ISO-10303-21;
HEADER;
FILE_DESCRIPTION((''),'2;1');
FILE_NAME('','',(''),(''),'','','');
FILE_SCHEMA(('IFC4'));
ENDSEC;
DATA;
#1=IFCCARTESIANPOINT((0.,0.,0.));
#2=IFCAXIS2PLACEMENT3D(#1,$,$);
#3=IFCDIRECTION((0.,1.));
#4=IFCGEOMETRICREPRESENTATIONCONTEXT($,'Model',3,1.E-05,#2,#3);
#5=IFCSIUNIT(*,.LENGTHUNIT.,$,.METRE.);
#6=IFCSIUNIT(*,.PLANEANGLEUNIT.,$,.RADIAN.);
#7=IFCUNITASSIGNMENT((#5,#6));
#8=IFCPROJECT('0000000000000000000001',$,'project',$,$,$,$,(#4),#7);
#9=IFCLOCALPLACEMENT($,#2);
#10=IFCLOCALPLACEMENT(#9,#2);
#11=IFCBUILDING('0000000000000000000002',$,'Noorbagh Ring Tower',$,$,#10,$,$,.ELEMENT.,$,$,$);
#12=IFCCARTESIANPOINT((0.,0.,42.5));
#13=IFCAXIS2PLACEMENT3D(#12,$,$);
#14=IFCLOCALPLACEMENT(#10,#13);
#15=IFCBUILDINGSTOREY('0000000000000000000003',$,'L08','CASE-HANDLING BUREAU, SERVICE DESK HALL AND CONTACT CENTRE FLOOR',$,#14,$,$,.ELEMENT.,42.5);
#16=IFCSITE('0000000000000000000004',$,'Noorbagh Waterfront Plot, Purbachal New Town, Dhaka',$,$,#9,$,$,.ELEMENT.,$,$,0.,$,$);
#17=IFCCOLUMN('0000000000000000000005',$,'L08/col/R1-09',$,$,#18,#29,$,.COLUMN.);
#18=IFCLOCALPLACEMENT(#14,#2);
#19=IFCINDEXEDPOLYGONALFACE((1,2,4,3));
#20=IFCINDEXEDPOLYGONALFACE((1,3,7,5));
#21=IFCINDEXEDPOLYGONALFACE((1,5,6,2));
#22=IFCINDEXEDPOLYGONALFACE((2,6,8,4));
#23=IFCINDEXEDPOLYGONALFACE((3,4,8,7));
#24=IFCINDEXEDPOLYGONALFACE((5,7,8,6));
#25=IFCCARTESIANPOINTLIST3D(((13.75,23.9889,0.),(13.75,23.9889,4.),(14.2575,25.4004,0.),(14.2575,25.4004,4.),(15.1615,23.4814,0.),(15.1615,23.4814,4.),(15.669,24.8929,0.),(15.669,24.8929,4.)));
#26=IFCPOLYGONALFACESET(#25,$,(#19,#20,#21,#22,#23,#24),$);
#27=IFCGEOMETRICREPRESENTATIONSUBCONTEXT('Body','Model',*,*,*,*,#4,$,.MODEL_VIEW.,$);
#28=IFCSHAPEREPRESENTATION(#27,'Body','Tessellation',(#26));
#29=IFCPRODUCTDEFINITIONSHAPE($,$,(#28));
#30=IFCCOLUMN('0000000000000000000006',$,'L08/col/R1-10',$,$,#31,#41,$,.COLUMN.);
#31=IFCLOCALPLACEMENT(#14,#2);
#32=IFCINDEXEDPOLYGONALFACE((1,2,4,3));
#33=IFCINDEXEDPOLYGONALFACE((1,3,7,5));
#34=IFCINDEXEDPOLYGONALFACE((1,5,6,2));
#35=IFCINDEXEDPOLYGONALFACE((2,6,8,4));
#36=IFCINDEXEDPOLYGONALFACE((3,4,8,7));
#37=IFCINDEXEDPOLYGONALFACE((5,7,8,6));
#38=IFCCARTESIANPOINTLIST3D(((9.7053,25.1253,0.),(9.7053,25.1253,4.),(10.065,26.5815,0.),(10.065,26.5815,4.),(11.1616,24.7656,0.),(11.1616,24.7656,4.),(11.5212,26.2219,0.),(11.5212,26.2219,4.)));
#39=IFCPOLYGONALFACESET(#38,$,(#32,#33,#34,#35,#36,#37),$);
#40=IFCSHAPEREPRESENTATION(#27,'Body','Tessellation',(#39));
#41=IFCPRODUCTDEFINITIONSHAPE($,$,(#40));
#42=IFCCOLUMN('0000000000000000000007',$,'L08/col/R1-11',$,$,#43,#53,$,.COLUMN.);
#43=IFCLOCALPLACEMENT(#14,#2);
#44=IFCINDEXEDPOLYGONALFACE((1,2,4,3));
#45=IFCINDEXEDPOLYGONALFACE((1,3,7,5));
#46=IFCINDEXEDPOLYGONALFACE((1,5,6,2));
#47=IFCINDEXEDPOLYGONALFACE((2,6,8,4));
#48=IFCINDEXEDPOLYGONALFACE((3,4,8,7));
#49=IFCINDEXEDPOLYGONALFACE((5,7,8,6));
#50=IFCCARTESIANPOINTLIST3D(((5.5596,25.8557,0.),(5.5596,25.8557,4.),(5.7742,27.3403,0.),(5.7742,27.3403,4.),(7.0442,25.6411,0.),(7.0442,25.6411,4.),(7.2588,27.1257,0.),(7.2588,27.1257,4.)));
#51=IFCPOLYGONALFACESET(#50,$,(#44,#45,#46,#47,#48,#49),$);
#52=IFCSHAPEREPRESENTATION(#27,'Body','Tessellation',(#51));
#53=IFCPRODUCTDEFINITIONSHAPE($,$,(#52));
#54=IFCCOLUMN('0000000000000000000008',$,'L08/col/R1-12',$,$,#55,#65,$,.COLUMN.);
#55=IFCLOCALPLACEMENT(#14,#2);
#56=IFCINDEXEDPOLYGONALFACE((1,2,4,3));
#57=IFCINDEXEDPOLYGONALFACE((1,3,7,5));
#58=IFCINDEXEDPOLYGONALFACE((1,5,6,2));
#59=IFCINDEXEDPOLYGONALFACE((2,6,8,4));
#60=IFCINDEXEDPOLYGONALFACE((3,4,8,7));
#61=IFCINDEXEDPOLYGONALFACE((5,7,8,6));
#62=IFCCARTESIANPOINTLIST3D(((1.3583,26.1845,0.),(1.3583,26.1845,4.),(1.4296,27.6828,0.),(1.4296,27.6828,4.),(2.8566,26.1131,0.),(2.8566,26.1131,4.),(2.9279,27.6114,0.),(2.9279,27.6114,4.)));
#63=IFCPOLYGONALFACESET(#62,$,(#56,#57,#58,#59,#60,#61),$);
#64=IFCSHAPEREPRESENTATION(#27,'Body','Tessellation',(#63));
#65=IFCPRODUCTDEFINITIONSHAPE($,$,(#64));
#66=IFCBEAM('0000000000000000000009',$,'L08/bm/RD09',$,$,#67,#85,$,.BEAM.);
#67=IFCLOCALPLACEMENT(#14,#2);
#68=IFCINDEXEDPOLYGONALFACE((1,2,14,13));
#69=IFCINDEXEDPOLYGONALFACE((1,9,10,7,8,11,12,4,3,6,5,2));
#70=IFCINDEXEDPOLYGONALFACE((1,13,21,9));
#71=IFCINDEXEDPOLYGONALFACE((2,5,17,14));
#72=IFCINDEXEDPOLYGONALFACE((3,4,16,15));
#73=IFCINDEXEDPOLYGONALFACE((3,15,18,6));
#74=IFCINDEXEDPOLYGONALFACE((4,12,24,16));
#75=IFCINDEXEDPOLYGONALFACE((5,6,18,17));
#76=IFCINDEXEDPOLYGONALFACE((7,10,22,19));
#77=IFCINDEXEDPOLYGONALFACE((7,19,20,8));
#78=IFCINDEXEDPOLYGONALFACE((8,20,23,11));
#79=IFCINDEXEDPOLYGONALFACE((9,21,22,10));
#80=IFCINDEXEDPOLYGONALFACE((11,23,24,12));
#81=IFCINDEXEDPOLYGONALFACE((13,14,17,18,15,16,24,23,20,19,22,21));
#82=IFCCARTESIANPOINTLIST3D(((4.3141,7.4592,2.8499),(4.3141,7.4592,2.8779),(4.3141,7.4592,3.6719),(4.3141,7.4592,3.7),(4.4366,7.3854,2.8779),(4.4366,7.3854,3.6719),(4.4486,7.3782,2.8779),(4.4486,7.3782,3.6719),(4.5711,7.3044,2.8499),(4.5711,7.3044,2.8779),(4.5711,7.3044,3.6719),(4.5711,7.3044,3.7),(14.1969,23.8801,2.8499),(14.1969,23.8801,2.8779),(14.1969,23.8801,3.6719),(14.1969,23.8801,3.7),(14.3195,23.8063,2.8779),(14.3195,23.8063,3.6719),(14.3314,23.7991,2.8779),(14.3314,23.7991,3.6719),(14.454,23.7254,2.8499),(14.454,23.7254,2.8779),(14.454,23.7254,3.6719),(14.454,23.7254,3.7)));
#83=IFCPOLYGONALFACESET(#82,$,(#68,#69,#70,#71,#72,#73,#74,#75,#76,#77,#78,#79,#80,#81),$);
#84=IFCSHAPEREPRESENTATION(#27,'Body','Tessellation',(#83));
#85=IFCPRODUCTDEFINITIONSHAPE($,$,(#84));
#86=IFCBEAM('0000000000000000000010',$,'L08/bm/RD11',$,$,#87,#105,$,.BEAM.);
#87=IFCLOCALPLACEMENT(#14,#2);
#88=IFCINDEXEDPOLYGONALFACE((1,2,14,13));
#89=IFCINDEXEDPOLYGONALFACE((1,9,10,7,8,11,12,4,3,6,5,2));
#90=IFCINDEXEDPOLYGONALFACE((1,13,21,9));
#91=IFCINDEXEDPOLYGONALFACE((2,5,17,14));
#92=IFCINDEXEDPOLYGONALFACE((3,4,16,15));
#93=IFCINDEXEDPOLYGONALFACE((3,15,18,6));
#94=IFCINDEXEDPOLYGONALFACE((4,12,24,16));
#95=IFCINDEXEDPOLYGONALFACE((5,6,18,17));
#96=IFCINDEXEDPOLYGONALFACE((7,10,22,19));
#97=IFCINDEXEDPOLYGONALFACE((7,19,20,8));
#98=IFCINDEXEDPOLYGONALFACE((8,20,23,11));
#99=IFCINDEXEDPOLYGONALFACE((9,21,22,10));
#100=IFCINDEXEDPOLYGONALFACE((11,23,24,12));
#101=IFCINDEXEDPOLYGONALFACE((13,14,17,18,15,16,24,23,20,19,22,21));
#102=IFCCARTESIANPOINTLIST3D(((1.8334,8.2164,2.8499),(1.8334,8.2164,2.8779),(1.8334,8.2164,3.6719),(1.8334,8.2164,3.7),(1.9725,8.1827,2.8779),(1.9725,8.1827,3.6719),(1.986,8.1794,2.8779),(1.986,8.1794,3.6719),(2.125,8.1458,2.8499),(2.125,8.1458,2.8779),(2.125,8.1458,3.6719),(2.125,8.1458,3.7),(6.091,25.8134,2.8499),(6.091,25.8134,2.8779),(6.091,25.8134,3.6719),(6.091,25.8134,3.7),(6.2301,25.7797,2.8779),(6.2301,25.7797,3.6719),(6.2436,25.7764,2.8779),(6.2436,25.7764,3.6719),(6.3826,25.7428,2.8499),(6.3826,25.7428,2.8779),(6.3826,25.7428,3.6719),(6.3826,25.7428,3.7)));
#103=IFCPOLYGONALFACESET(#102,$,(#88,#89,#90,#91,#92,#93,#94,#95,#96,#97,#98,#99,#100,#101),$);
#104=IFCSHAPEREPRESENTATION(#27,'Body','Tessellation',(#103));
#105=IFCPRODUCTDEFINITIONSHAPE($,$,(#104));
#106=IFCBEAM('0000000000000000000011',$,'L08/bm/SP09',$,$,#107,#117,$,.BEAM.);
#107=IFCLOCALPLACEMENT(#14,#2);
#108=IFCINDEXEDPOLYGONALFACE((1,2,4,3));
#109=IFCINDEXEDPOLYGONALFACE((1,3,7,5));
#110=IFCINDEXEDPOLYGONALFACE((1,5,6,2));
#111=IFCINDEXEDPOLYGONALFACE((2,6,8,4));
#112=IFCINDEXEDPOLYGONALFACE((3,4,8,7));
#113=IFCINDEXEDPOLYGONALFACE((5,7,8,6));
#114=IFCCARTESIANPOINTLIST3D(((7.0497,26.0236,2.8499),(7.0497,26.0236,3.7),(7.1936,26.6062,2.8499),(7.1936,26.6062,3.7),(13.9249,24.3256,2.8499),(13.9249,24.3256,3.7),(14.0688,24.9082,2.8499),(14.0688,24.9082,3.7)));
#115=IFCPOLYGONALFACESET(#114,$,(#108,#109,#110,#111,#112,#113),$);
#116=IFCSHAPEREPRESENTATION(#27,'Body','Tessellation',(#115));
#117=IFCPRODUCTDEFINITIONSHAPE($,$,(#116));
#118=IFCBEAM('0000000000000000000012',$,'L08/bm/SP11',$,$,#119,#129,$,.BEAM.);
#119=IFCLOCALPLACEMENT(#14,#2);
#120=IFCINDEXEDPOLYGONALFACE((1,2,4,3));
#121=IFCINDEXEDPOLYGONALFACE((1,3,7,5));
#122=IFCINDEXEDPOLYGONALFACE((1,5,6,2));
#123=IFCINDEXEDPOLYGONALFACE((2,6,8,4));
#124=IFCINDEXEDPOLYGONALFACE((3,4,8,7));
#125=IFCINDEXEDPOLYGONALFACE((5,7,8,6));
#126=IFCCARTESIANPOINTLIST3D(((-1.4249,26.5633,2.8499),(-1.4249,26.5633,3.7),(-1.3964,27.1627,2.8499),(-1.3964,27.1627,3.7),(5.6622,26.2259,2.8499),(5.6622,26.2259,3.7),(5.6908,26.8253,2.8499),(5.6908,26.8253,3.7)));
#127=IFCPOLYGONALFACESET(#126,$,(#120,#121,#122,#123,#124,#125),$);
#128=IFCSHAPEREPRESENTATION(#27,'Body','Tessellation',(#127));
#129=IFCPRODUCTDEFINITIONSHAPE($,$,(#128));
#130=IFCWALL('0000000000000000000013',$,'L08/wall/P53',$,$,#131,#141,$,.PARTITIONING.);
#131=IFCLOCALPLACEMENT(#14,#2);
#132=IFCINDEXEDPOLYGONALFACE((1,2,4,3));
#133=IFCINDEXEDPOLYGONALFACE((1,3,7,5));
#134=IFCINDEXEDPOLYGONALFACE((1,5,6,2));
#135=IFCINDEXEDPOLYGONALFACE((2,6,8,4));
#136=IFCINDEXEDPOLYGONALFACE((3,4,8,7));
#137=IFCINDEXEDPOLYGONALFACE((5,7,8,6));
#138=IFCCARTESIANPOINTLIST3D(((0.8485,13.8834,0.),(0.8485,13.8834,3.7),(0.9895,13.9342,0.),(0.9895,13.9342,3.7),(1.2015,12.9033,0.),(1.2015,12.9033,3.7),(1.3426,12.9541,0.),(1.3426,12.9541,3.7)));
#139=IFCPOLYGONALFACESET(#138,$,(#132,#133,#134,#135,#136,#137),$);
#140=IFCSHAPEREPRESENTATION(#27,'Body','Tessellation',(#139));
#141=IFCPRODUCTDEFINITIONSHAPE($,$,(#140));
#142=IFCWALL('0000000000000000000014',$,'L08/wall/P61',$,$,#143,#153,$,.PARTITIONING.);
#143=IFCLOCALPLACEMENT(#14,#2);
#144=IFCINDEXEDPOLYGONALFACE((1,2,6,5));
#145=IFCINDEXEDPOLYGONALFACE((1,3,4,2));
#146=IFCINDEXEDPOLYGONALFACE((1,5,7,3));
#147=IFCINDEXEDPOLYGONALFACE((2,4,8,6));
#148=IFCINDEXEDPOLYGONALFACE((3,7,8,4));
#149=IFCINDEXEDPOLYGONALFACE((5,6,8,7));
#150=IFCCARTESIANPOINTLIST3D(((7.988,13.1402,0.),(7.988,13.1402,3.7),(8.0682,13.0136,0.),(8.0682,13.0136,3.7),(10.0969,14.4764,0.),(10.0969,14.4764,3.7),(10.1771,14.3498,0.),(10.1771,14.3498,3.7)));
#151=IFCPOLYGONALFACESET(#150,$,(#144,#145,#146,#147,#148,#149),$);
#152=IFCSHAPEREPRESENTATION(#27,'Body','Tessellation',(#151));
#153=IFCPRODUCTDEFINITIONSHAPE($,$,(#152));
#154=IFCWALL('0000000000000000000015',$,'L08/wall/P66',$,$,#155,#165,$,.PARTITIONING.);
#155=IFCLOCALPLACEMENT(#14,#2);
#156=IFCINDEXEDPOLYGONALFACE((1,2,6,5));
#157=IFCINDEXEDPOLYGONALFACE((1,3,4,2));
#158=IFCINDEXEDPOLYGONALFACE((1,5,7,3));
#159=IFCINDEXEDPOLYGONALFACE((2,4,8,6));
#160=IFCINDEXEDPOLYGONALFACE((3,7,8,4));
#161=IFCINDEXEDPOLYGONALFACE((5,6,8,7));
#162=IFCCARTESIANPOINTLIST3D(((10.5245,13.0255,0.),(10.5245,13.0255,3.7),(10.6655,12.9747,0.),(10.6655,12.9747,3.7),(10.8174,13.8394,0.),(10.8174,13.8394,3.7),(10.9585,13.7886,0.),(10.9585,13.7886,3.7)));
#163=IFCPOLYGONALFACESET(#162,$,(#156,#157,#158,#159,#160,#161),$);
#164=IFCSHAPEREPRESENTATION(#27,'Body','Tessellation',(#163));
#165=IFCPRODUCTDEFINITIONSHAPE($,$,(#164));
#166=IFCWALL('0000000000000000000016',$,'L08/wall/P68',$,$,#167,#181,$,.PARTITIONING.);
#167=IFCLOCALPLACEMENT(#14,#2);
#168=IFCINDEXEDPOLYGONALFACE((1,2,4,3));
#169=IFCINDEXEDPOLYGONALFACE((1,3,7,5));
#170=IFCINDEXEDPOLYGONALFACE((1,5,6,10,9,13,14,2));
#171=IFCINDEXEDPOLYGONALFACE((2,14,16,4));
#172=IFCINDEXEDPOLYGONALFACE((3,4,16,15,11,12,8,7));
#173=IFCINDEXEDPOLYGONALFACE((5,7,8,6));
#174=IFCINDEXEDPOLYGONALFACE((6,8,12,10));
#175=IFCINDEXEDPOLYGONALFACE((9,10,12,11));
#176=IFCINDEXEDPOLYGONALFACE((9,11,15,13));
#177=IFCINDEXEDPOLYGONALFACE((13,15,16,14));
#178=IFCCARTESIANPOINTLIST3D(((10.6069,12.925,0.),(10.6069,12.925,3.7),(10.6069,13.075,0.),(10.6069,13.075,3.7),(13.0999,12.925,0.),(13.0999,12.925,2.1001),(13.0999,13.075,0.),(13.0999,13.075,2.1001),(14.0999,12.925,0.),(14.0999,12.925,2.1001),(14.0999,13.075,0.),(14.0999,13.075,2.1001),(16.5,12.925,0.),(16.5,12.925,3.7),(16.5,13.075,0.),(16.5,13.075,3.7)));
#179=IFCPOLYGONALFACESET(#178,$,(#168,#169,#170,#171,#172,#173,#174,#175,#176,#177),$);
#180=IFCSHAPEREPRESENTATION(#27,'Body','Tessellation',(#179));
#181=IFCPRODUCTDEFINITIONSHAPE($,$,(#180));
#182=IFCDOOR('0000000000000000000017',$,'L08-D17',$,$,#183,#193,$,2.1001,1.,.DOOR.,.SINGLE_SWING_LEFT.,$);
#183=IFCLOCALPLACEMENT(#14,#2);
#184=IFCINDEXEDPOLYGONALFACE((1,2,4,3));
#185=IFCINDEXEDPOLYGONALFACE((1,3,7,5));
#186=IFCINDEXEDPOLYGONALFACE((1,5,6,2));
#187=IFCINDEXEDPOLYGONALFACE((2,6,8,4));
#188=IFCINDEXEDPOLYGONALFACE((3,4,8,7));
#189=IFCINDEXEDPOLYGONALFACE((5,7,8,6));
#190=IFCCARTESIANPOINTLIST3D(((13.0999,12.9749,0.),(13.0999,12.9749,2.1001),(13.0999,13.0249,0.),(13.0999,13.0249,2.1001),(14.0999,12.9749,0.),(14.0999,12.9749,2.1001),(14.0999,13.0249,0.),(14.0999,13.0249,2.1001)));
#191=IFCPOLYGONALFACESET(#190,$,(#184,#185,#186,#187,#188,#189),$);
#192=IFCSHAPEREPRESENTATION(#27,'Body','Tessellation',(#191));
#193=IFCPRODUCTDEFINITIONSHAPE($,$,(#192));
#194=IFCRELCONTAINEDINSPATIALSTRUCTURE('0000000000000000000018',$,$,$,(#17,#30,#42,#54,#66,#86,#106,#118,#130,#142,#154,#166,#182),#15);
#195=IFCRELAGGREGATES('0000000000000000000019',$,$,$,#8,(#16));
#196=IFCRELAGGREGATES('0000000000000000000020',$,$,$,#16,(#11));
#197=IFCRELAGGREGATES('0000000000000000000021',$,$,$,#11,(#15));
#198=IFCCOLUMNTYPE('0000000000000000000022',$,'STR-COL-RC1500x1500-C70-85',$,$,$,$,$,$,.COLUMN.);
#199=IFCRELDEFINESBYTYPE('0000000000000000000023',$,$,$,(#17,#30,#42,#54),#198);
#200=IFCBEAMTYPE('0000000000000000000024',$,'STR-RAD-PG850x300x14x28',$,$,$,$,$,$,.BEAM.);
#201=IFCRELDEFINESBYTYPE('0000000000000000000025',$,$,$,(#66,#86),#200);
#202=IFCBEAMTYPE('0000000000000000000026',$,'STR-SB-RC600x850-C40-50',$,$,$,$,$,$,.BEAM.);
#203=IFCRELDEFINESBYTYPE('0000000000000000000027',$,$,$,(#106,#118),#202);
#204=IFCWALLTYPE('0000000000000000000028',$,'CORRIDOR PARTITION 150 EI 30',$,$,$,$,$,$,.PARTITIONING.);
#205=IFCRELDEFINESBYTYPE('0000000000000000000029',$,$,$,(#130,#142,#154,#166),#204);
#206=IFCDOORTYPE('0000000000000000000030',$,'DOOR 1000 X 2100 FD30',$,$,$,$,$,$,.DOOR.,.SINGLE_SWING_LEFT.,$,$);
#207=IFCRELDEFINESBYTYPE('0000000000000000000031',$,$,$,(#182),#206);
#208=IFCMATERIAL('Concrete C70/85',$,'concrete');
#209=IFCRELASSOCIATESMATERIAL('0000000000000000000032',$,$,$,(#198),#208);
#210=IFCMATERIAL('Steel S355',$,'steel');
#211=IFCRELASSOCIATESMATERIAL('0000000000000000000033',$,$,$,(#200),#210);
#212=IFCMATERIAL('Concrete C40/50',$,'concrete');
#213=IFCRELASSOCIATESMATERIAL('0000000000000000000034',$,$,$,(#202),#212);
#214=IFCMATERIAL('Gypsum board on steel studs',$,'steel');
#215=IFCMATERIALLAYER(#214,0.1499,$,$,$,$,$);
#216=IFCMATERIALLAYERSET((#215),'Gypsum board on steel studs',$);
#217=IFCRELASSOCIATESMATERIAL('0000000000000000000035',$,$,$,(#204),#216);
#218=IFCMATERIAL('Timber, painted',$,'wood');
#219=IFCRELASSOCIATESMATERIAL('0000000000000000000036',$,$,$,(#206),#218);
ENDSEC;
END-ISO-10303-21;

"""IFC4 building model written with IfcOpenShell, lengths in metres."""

from ifc_helpers import new_model, si_unit, direction, frame, frame_2d, origin, origin_2d, place, context, subcontext, project, spatial, rectangle, i_section, extrude, material, layer, layer_set, material_profile, profile_set, type_object, element, fill, save


model = new_model("IFC4")

# Units and contexts
model_context = context("Model", 3, precision=1e-05, world=origin(), true_north=direction((0.0, 1.0)))
body_context = subcontext(model_context, "Body", "Model", "MODEL_VIEW")
ifc_project = project(units=[si_unit("LENGTHUNIT", "METRE"), si_unit("PLANEANGLEUNIT", "RADIAN")], contexts=[model_context])

# Site, building, storey
site_placement = place(None, origin())
site = spatial("IfcSite", under=ifc_project, at=site_placement, Name="Noorbagh Waterfront Plot, Purbachal New Town, Dhaka", CompositionType="ELEMENT", RefElevation=0.0)
building_placement = place(site_placement, origin())
building = spatial("IfcBuilding", under=site, at=building_placement, Name="Noorbagh Ring Tower", CompositionType="ELEMENT")
storey_placement = place(building_placement, frame((0.0, 0.0, 42.5)))
storey = spatial("IfcBuildingStorey", under=building, at=storey_placement, Name="L08", Description="CASE-HANDLING BUREAU, SERVICE DESK HALL AND CONTACT CENTRE FLOOR", CompositionType="ELEMENT", Elevation=42.5)

# Columns
ifc_material_1 = material(Name="Concrete C70/85", Category="concrete")
ifc_material_profile_1 = material_profile(ifc_material_1, rectangle(XDim=1.5, YDim=1.5, at=origin_2d()), Name="RC1500x1500")
ifc_profile_set_1 = profile_set([ifc_material_profile_1], Name="Concrete C70/85")
column_type = type_object("IfcColumnType", Name="STR-COL-RC1500x1500-C70-85", PredefinedType="COLUMN", material=ifc_profile_set_1)
for number, where, z_axis, x_axis, name in (
    (1, (14.7095, 24.4409, 0.0), (0.0, 0.0, 1.0), (-0.941025, 0.338338, 0.0), "L08/col/R1-09"),
    (2, (10.6133, 25.6736, 0.0), (0.0, 0.0, 1.0), (-0.970829, 0.239771, 0.0), "L08/col/R1-10"),
    (3, (6.4092, 26.4907, 0.0), (0.0, 0.0, 1.0), (-0.989713, 0.143066, 0.0), "L08/col/R1-11"),
    (4, (2.1431, 26.8979, 0.0), (0.0, 0.0, 1.0), (-0.998869, 0.047553, 0.0), "L08/col/R1-12"),
):
    element("IfcColumn", number, at=place(storey_placement, frame(where, z_axis=z_axis, x_axis=x_axis)), inside=storey, type_object=column_type, Name=name, PredefinedType="COLUMN", context=body_context, shape_type="SweptSolid", body=[
        extrude(rectangle(XDim=1.5, YDim=1.5, at=origin_2d()), origin(), (0.0, 0.0, 1.0), 4.0),
    ])

# Beams
ifc_material_2 = material(Name="Steel S355", Category="steel")
ifc_material_profile_2 = material_profile(ifc_material_2, i_section(OverallWidth=0.3, OverallDepth=0.8501, WebThickness=0.0139, FlangeThickness=0.0281, at=origin_2d()), Name="PG850x300x14x28")
ifc_profile_set_2 = profile_set([ifc_material_profile_2], Name="Steel S355")
beam_type_1 = type_object("IfcBeamType", Name="STR-RAD-PG850x300x14x28", PredefinedType="BEAM", material=ifc_profile_set_2)
beam_1_placement = place(storey_placement, frame((14.3254, 23.8027, 3.2749), z_axis=(-0.515657, -0.856795, 0.0), x_axis=(0.856795, -0.515657, 0.0)))
element("IfcBeam", 5, at=beam_1_placement, inside=storey, type_object=beam_type_1, Name="L08/bm/RD09", PredefinedType="BEAM", context=body_context, shape_type="SweptSolid", body=[
    extrude(i_section(OverallWidth=0.3, OverallDepth=0.8501, WebThickness=0.0139, FlangeThickness=0.0281, at=origin_2d()), origin(), (0.0, 0.0, 1.0), 19.1655),
])
beam_2_placement = place(storey_placement, frame((6.2368, 25.7781, 3.2749), z_axis=(-0.235164, -0.971956, 0.0), x_axis=(0.971956, -0.235164, 0.0)))
element("IfcBeam", 6, at=beam_2_placement, inside=storey, type_object=beam_type_1, Name="L08/bm/RD11", PredefinedType="BEAM", context=body_context, shape_type="SweptSolid", body=[
    extrude(i_section(OverallWidth=0.3, OverallDepth=0.8501, WebThickness=0.0139, FlangeThickness=0.0281, at=origin_2d()), origin(), (0.0, 0.0, 1.0), 18.1047),
])
ifc_material_3 = material(Name="Concrete C40/50", Category="concrete")
ifc_material_profile_3 = material_profile(ifc_material_3, rectangle(XDim=0.6001, YDim=0.8501, at=origin_2d()), Name="RC600x850")
ifc_profile_set_3 = profile_set([ifc_material_profile_3], Name="Concrete C40/50")
beam_type_2 = type_object("IfcBeamType", Name="STR-SB-RC600x850-C40-50", PredefinedType="BEAM", material=ifc_profile_set_3)
beam_3_placement = place(storey_placement, frame((13.9968, 24.6169, 3.2749), z_axis=(-0.97083, 0.239769, 0.0), x_axis=(-0.239769, -0.97083, 0.0)))
element("IfcBeam", 7, at=beam_3_placement, inside=storey, type_object=beam_type_2, Name="L08/bm/SP09", PredefinedType="BEAM", context=body_context, shape_type="SweptSolid", body=[
    extrude(rectangle(XDim=0.6001, YDim=0.8501, at=origin_2d()), origin(), (0.0, 0.0, 1.0), 7.0818),
])
beam_4_placement = place(storey_placement, frame((5.6765, 26.5256, 3.2749), z_axis=(-0.998869, 0.047554, 0.0), x_axis=(-0.047554, -0.998869, 0.0)))
element("IfcBeam", 8, at=beam_4_placement, inside=storey, type_object=beam_type_2, Name="L08/bm/SP11", PredefinedType="BEAM", context=body_context, shape_type="SweptSolid", body=[
    extrude(rectangle(XDim=0.6001, YDim=0.8501, at=origin_2d()), origin(), (0.0, 0.0, 1.0), 7.0952),
])

# Walls
ifc_material_4 = material(Name="Gypsum board on steel studs", Category="steel")
ifc_layer_1 = layer(ifc_material_4, 0.1499)
ifc_layer_set_1 = layer_set([ifc_layer_1], Name="Gypsum board on steel studs")
wall_type_1 = type_object("IfcWallType", Name="CORRIDOR PARTITION 150 EI 30", PredefinedType="PARTITIONING", material=ifc_layer_set_1)
wall_1_placement = place(storey_placement, frame((0.9189, 13.9089, 0.0), z_axis=(0.0, 0.0, 1.0), x_axis=(0.338919, -0.940816, 0.0)))
element("IfcWall", 9, at=wall_1_placement, inside=storey, type_object=wall_type_1, Name="L08/wall/P53", PredefinedType="PARTITIONING", context=body_context, shape_type="SweptSolid", body=[
    extrude(rectangle(XDim=1.0417, YDim=0.1499, at=frame_2d((0.521, 0.0))), origin(), (0.0, 0.0, 1.0), 3.7),
])
wall_2_placement = place(storey_placement, frame((8.0281, 13.0769, 0.0), z_axis=(0.0, 0.0, 1.0), x_axis=(0.844719, 0.53521, 0.0)))
element("IfcWall", 10, at=wall_2_placement, inside=storey, type_object=wall_type_1, Name="L08/wall/P61", PredefinedType="PARTITIONING", context=body_context, shape_type="SweptSolid", body=[
    extrude(rectangle(XDim=2.4966, YDim=0.1499, at=frame_2d((1.2483, 0.0))), origin(), (0.0, 0.0, 1.0), 3.7),
])
wall_3_placement = place(storey_placement, frame((10.595, 13.0, 0.0), z_axis=(0.0, 0.0, 1.0), x_axis=(0.33866, 0.940909, 0.0)))
element("IfcWall", 11, at=wall_3_placement, inside=storey, type_object=wall_type_1, Name="L08/wall/P66", PredefinedType="PARTITIONING", context=body_context, shape_type="SweptSolid", body=[
    extrude(rectangle(XDim=0.865, YDim=0.1499, at=frame_2d((0.4326, 0.0))), origin(), (0.0, 0.0, 1.0), 3.7),
])

# Wall, opening, door
wall_4_placement = place(storey_placement, frame((10.6069, 13.0, 0.0), z_axis=(0.0, 0.0, 1.0), x_axis=(1.0, 0.0, 0.0)))
wall_4 = element("IfcWall", 12, at=wall_4_placement, inside=storey, type_object=wall_type_1, Name="L08/wall/P68", PredefinedType="PARTITIONING", context=body_context, shape_type="SweptSolid", body=[
    extrude(rectangle(XDim=5.8931, YDim=0.1499, at=frame_2d((2.9465, 0.0))), origin(), (0.0, 0.0, 1.0), 3.7),
])
opening_placement = place(wall_4_placement, frame((2.4929, 0.0, 0.0)))
opening = element("IfcOpeningElement", 13, at=opening_placement, cuts=wall_4, PredefinedType="OPENING", context=body_context, shape_type="SweptSolid", body=[
    extrude(rectangle(XDim=1.0, YDim=2.1001, at=frame_2d((0.5, 1.05))), frame((0.0, 0.085, 0.0), z_axis=(0.0, -1.0, 0.0), x_axis=(1.0, 0.0, 0.0)), (0.0, 0.0, 1.0), 0.1699),
])
ifc_material_5 = material(Name="Timber, painted", Category="wood")
door_type = type_object("IfcDoorType", Name="DOOR 1000 X 2100 FD30", OperationType="SINGLE_SWING_LEFT", PredefinedType="DOOR", material=ifc_material_5)
door_placement = place(opening_placement, origin())
door = element("IfcDoor", 14, at=door_placement, inside=storey, type_object=door_type, Name="L08-D17", OperationType="SINGLE_SWING_LEFT", OverallHeight=2.1001, OverallWidth=1.0, PredefinedType="DOOR", context=body_context, shape_type="SweptSolid", body=[
    extrude(rectangle(XDim=1.0, YDim=2.1001, at=frame_2d((0.5, 1.05))), frame((0.0, 0.0249, 0.0), z_axis=(0.0, -1.0, 0.0), x_axis=(1.0, 0.0, 0.0)), (0.0, 0.0, 1.0), 0.05),
])
fill(opening, door)

save(model, "model.ifc")
